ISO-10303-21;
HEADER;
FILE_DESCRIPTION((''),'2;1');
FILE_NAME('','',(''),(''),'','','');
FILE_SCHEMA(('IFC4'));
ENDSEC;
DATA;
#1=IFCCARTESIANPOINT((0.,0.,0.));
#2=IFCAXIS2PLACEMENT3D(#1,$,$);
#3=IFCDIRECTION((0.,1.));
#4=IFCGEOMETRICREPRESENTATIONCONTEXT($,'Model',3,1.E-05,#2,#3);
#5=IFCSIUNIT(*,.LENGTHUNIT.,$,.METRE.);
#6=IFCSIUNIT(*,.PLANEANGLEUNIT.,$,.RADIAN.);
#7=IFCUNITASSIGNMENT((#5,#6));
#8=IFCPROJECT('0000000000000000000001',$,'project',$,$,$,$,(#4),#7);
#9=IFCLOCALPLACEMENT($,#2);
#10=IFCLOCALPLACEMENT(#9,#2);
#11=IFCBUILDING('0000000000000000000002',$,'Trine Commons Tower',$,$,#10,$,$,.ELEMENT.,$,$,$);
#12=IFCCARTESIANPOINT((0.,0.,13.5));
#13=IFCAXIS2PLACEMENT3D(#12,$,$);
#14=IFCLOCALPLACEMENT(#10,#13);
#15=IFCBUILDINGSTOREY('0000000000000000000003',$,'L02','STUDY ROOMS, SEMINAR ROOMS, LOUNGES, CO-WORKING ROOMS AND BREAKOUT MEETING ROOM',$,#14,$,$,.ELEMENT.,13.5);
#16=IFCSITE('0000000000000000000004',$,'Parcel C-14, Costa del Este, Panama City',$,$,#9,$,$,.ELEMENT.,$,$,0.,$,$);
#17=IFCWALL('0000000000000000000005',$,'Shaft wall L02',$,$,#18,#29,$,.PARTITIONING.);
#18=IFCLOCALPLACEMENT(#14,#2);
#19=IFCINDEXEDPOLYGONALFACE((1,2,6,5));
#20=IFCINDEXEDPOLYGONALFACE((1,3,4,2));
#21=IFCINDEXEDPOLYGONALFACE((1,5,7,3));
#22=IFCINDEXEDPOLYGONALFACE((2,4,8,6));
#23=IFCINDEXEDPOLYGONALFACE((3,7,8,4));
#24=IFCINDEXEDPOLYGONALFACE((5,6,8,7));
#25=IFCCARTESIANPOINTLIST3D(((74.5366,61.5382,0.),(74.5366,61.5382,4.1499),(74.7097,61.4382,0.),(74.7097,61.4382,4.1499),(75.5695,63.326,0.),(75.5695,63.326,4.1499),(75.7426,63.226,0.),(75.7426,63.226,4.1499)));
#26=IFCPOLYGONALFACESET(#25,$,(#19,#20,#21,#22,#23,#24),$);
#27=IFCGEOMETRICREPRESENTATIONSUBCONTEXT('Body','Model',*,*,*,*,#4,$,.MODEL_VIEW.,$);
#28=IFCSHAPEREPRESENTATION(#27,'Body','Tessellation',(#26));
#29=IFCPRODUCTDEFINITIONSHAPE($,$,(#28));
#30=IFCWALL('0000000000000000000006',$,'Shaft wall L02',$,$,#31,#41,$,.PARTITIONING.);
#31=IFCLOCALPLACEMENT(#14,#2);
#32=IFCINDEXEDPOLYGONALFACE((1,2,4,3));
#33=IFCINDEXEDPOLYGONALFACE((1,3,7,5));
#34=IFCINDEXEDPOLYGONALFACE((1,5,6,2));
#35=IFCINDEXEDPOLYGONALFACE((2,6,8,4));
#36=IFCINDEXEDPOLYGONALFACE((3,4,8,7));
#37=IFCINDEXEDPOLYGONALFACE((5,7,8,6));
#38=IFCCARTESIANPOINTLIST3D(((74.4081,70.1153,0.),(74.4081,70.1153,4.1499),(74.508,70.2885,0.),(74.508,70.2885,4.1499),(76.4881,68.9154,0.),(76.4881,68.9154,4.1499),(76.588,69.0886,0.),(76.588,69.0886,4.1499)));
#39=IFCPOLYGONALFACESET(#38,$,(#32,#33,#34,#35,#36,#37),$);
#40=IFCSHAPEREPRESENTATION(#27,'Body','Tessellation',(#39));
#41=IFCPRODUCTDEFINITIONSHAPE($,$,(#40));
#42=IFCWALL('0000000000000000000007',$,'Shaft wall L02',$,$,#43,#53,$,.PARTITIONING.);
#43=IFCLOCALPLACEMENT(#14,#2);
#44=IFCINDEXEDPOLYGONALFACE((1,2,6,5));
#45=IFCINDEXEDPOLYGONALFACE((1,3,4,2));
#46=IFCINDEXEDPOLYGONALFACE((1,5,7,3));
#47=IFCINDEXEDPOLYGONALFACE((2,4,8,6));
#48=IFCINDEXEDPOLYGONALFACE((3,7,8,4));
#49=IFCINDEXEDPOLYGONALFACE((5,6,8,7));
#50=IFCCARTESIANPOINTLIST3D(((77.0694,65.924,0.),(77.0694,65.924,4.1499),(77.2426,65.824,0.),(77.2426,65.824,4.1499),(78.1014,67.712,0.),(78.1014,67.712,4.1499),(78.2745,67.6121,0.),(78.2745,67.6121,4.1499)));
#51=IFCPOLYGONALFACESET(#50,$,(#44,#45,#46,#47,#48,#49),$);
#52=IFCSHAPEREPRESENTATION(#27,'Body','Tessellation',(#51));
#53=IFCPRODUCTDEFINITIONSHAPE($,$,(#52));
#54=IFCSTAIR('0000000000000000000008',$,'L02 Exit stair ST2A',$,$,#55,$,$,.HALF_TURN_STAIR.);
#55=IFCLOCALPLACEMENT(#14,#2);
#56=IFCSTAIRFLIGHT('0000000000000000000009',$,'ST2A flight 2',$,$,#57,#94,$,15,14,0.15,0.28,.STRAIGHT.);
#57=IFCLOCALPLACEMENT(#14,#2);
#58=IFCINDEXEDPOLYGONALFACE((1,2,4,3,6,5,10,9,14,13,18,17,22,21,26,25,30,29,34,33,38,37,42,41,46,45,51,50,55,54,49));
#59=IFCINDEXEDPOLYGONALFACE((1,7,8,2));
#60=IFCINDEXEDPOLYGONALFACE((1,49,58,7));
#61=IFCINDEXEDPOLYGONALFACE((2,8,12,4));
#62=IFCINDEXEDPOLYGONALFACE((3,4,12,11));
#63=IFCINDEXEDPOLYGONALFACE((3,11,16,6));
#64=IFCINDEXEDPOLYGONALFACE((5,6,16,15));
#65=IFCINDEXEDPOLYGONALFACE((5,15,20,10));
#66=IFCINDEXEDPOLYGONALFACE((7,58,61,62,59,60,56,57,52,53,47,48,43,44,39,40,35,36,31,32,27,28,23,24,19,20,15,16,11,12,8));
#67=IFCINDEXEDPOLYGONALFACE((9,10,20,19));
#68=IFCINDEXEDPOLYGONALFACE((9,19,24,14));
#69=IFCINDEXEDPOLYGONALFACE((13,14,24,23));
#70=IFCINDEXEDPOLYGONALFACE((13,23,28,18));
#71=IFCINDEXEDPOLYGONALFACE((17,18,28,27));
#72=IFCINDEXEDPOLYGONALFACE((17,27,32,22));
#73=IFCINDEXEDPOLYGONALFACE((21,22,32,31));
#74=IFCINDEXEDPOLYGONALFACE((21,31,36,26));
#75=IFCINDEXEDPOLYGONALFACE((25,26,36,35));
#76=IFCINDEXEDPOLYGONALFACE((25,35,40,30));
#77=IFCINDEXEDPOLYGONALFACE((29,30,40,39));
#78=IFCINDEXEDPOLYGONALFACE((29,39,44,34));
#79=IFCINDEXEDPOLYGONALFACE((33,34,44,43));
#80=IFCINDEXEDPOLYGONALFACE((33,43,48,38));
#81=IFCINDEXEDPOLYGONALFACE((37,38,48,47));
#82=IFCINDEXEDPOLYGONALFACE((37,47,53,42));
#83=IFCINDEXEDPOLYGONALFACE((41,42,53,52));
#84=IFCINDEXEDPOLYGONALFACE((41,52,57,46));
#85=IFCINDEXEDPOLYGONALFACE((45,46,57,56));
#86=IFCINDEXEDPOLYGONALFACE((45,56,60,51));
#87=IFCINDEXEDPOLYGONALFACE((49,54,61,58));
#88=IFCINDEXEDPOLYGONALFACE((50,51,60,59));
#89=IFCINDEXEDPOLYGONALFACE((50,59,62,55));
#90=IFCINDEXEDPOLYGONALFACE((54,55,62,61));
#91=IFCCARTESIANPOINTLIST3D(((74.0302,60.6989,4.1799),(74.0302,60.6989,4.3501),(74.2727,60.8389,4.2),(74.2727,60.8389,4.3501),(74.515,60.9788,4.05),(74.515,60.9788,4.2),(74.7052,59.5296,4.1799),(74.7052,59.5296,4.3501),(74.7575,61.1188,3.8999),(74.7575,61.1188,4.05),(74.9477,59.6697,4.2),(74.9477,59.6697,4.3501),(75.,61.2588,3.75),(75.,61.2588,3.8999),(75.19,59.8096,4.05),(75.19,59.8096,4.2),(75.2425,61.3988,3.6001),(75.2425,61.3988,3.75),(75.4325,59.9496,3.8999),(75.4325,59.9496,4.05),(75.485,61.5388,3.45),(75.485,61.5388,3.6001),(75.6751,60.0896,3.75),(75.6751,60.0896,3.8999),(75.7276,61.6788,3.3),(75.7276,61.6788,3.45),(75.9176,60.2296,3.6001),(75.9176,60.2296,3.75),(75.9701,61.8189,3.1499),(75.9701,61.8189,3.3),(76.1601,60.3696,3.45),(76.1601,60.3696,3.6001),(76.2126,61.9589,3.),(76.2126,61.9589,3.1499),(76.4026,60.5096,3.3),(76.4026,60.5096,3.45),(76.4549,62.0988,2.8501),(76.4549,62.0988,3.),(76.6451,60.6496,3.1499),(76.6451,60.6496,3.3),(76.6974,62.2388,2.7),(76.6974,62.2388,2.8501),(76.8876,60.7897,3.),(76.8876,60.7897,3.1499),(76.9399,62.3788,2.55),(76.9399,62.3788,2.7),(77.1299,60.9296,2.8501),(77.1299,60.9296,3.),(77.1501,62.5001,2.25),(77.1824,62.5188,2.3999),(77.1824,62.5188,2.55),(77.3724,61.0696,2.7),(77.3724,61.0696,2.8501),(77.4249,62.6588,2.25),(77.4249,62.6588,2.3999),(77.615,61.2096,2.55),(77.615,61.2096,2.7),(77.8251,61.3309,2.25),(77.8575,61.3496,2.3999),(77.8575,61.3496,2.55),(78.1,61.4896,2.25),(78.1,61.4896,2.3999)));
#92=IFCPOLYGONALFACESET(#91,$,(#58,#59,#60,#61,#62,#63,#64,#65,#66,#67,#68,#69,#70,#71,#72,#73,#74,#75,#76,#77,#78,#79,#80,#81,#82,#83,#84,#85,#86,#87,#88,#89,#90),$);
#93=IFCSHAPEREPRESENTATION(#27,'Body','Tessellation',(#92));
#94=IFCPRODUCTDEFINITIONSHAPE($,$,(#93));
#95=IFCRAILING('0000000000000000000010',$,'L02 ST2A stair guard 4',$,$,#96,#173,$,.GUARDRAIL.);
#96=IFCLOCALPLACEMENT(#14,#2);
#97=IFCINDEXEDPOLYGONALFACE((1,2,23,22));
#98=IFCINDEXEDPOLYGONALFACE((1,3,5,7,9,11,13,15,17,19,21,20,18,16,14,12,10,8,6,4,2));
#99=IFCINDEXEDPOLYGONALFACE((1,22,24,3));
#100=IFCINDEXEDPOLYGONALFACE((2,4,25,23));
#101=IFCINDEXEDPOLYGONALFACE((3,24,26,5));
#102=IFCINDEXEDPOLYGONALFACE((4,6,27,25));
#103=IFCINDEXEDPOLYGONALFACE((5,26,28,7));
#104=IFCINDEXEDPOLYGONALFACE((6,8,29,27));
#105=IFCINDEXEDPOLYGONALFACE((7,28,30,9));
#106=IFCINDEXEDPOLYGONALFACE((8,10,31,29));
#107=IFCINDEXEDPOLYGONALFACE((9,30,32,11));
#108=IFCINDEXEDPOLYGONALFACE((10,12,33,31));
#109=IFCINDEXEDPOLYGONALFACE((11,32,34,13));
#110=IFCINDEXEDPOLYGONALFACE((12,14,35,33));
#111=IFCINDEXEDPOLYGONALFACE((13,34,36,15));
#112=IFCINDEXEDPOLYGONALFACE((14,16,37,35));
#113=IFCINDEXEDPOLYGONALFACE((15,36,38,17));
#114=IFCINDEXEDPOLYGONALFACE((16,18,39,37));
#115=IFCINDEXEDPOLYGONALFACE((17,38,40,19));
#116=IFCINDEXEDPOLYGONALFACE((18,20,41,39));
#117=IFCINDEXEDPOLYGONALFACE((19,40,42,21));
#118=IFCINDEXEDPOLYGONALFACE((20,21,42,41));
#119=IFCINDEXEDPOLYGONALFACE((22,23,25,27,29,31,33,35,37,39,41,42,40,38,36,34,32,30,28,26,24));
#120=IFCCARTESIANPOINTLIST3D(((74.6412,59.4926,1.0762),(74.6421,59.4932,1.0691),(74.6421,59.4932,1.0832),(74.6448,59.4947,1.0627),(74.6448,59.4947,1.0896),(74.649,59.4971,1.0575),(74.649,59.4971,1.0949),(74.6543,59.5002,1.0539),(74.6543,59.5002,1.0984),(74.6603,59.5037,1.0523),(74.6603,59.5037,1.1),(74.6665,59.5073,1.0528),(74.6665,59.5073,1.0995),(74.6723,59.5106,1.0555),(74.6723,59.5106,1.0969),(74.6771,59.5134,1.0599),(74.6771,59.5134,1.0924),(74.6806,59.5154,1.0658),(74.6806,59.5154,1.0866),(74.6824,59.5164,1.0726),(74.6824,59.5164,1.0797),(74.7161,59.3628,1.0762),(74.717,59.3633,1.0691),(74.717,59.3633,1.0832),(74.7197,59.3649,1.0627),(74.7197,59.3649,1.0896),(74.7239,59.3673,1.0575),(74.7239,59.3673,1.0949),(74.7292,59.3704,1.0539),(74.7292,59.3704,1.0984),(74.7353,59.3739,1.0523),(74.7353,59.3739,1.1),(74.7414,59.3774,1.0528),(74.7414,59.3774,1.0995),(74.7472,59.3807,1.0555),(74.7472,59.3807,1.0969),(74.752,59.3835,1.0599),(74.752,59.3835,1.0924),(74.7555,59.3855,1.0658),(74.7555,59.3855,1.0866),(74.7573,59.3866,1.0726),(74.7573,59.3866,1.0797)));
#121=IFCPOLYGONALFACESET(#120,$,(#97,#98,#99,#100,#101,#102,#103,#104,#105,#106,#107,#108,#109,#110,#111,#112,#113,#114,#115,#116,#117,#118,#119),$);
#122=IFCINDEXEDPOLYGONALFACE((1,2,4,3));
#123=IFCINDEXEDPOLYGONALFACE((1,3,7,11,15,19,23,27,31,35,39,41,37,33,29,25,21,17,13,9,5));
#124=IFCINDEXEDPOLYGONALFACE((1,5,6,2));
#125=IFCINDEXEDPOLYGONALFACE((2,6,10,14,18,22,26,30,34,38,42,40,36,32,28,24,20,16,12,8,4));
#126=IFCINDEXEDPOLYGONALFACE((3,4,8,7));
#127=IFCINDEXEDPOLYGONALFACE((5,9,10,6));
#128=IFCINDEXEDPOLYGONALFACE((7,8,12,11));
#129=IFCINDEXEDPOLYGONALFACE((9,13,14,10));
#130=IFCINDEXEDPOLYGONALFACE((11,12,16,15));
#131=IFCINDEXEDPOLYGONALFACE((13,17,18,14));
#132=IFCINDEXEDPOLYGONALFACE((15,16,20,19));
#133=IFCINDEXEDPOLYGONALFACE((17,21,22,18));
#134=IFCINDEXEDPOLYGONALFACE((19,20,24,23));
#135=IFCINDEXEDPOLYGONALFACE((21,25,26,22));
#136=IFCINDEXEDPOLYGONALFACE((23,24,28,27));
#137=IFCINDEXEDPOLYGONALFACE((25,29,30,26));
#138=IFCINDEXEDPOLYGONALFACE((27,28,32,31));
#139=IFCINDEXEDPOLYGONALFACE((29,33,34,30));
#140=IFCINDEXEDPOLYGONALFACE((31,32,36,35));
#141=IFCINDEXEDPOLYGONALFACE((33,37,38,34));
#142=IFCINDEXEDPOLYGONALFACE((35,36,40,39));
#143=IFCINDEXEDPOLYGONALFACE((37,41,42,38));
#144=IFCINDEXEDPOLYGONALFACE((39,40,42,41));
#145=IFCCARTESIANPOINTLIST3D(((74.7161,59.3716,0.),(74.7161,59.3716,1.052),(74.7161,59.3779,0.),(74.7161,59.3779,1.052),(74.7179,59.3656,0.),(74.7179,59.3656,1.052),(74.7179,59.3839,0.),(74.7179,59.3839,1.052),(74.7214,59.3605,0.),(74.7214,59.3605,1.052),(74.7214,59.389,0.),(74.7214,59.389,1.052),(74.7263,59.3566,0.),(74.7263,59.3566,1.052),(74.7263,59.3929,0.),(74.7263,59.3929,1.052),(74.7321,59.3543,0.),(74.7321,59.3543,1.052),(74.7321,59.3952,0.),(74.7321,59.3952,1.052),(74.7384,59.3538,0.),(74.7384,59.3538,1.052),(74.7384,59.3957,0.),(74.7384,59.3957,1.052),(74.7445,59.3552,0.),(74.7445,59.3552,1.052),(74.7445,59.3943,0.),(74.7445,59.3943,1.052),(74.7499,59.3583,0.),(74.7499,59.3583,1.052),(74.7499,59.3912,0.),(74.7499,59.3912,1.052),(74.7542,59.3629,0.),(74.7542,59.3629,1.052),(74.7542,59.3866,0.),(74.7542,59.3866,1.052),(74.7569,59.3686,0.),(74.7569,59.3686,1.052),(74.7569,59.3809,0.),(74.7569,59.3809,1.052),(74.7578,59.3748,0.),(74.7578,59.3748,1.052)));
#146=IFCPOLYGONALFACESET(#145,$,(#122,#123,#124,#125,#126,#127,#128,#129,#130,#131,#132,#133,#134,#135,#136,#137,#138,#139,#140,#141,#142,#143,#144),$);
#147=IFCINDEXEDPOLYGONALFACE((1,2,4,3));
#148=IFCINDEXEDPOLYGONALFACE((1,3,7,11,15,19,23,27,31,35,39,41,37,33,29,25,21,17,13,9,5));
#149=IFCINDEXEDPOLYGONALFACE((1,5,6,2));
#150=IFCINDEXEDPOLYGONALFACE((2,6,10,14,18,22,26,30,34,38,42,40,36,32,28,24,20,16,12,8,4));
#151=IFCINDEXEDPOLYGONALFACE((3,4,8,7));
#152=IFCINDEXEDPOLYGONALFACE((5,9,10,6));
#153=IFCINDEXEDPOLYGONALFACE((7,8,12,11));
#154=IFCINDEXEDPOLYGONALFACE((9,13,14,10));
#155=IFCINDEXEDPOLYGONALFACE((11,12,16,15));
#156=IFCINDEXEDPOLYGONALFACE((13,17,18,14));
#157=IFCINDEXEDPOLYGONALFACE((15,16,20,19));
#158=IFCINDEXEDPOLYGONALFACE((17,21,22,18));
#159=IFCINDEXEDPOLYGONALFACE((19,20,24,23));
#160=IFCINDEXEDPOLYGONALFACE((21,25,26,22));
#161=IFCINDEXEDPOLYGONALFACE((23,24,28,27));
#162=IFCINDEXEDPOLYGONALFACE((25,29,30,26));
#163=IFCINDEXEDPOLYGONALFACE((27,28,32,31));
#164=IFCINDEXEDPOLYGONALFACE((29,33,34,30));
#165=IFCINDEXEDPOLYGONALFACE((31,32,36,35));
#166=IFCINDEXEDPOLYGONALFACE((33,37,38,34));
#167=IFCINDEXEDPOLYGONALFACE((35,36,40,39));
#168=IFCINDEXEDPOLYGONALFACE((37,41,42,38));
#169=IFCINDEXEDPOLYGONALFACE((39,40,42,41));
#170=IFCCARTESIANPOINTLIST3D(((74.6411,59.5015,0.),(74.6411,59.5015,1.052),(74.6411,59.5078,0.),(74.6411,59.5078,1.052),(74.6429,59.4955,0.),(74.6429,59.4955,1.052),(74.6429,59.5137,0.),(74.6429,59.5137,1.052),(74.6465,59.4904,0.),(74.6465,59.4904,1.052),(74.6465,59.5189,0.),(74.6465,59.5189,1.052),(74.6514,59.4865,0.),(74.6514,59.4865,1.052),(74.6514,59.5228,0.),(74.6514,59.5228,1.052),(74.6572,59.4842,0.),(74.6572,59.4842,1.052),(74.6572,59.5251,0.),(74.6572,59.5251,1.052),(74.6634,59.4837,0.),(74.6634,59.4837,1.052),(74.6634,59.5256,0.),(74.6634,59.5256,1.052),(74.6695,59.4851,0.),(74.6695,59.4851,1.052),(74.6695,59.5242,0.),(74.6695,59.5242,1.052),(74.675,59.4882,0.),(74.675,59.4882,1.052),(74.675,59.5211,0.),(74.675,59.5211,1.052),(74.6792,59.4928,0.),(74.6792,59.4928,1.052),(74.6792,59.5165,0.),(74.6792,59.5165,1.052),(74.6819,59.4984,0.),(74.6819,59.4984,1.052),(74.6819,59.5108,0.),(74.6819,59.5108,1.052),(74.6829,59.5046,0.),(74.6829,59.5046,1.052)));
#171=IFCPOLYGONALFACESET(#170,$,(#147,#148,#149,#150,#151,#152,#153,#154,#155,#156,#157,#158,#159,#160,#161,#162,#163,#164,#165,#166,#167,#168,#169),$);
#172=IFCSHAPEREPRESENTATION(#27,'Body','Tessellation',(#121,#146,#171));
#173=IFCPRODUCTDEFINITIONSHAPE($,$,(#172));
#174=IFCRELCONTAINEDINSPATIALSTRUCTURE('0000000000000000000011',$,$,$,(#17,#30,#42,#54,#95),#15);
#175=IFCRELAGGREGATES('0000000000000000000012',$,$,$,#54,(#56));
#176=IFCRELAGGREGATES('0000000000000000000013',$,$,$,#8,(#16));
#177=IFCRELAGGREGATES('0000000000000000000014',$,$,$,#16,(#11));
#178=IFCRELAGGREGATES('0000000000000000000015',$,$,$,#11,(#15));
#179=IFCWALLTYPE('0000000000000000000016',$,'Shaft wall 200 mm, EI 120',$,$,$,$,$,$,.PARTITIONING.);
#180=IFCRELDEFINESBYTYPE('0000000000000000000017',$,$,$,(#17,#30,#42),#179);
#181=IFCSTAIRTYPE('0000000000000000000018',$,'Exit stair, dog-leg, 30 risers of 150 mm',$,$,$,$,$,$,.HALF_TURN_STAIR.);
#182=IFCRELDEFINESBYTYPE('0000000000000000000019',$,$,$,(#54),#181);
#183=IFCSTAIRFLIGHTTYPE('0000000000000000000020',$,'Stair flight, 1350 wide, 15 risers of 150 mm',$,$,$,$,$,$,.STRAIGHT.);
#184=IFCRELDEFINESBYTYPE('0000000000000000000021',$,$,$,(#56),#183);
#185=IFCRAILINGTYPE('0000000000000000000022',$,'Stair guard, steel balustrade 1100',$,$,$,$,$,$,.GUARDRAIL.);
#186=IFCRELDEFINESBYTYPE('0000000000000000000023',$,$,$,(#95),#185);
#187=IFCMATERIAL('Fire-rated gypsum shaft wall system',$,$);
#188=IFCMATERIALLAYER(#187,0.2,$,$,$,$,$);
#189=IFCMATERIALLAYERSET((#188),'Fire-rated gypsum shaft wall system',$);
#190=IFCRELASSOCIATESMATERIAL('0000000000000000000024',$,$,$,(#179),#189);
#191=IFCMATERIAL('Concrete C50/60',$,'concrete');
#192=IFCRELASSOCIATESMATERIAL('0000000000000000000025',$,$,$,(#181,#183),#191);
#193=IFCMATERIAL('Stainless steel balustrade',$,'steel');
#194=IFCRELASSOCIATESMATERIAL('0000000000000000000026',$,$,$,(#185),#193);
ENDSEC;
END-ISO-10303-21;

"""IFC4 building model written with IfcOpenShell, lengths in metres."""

from ifc_helpers import new_model, si_unit, direction, frame, frame_2d, origin, origin_2d, place, context, subcontext, project, spatial, polyline, rectangle, circle, outline, extrude, material, layer, layer_set, type_object, element, aggregate, save


model = new_model("IFC4")

# Units and contexts
model_context = context("Model", 3, precision=1e-05, world=origin(), true_north=direction((0.0, 1.0)))
body_context = subcontext(model_context, "Body", "Model", "MODEL_VIEW")
ifc_project = project(units=[si_unit("LENGTHUNIT", "METRE"), si_unit("PLANEANGLEUNIT", "RADIAN")], contexts=[model_context])

# Site, building, storey
site_placement = place(None, origin())
site = spatial("IfcSite", under=ifc_project, at=site_placement, Name="Parcel C-14, Costa del Este, Panama City", CompositionType="ELEMENT", RefElevation=0.0)
building_placement = place(site_placement, origin())
building = spatial("IfcBuilding", under=site, at=building_placement, Name="Trine Commons Tower", CompositionType="ELEMENT")
storey_placement = place(building_placement, frame((0.0, 0.0, 13.5)))
storey = spatial("IfcBuildingStorey", under=building, at=storey_placement, Name="L02", Description="STUDY ROOMS, SEMINAR ROOMS, LOUNGES, CO-WORKING ROOMS AND BREAKOUT MEETING ROOM", CompositionType="ELEMENT", Elevation=13.5)

# Shared definitions
ifc_material_1 = material(Name="Concrete C50/60", Category="concrete")

# Shared definitions
ifc_material_2 = material(Name="Fire-rated gypsum shaft wall system")

# Walls
ifc_layer_1 = layer(ifc_material_2, 0.2)
ifc_layer_set_1 = layer_set([ifc_layer_1], Name="Fire-rated gypsum shaft wall system")
wall_type_1 = type_object("IfcWallType", Name="Shaft wall 200 mm, EI 120", PredefinedType="PARTITIONING", material=ifc_layer_set_1)
wall_1_placement = place(storey_placement, frame((75.656, 63.2759, 0.0), z_axis=(0.0, 0.0, 1.0), x_axis=(-0.500272, -0.865868, 0.0)))
element("IfcWall", 1, at=wall_1_placement, inside=storey, type_object=wall_type_1, Name="Shaft wall L02", PredefinedType="PARTITIONING", context=body_context, shape_type="SweptSolid", body=[
    extrude(rectangle(XDim=2.0647, YDim=0.2, at=frame_2d((1.0322, 0.0))), origin(), (0.0, 0.0, 1.0), 4.1499),
])
wall_2_placement = place(storey_placement, frame((76.5381, 69.002, 0.0), z_axis=(0.0, 0.0, 1.0), x_axis=(-0.866203, 0.499693, 0.0)))
element("IfcWall", 2, at=wall_2_placement, inside=storey, type_object=wall_type_1, Name="Shaft wall L02", PredefinedType="PARTITIONING", context=body_context, shape_type="SweptSolid", body=[
    extrude(rectangle(XDim=2.4014, YDim=0.2, at=frame_2d((1.2007, 0.0))), origin(), (0.0, 0.0, 1.0), 4.1499),
])
wall_3_placement = place(storey_placement, frame((77.156, 65.874, 0.0), z_axis=(0.0, 0.0, 1.0), x_axis=(0.499866, 0.866103, 0.0)))
element("IfcWall", 3, at=wall_3_placement, inside=storey, type_object=wall_type_1, Name="Shaft wall L02", PredefinedType="PARTITIONING", context=body_context, shape_type="SweptSolid", body=[
    extrude(rectangle(XDim=2.0645, YDim=0.2, at=frame_2d((1.0322, 0.0))), origin(), (0.0, 0.0, 1.0), 4.1499),
])

# Stair, stair flight
stair_type = type_object("IfcStairType", Name="Exit stair, dog-leg, 30 risers of 150 mm", PredefinedType="HALF_TURN_STAIR", material=ifc_material_1)
stair_placement = place(storey_placement, origin())
stair = element("IfcStair", 4, at=stair_placement, inside=storey, type_object=stair_type, Name="L02 Exit stair ST2A", PredefinedType="HALF_TURN_STAIR")
stair_flight_type = type_object("IfcStairFlightType", Name="Stair flight, 1350 wide, 15 risers of 150 mm", PredefinedType="STRAIGHT", material=ifc_material_1)
stair_flight_placement = place(storey_placement, frame((77.7625, 62.0742, 2.25), z_axis=(0.0, 0.0, 1.0), x_axis=(-0.866025, -0.5, 0.0)))
stair_flight = element("IfcStairFlight", 5, at=stair_flight_placement, type_object=stair_flight_type, Name="ST2A flight 2", NumberOfRisers=15, NumberOfTreads=14, PredefinedType="STRAIGHT", RiserHeight=0.15, TreadLength=0.28, context=body_context, shape_type="SweptSolid", body=[
    extrude(outline(polyline([(0.0, 0.0), (0.0, 0.1499), (0.28, 0.1499), (0.28, 0.3), (0.5601, 0.3), (0.5601, 0.45), (0.8401, 0.45), (0.8401, 0.6001), (1.1201, 0.6001), (1.1201, 0.75), (1.3999, 0.75), (1.3999, 0.8999), (1.6799, 0.8999), (1.6799, 1.05), (1.96, 1.05), (1.96, 1.2), (2.24, 1.2), (2.24, 1.3501), (2.52, 1.3501), (2.52, 1.5), (2.8, 1.5), (2.8, 1.6499), (3.0801, 1.6499), (3.0801, 1.8), (3.3601, 1.8), (3.3601, 1.95), (3.6399, 1.95), (3.6399, 2.1001), (3.9199, 2.1001), (3.9199, 2.25), (3.9199, 1.9299), (0.3174, 0.0), (0.0, 0.0)])), frame((0.0, 0.675, 0.0), z_axis=(0.0, -1.0, 0.0), x_axis=(1.0, 0.0, 0.0)), (0.0, 0.0, 1.0), 1.3501),
])
aggregate(stair, [stair_flight])

# Railing
ifc_material_3 = material(Name="Stainless steel balustrade", Category="steel")
railing_type_1 = type_object("IfcRailingType", Name="Stair guard, steel balustrade 1100", PredefinedType="GUARDRAIL", material=ifc_material_3)
railing_1_placement = place(storey_placement, frame((74.7368, 59.3748, 0.0)))
element("IfcRailing", 6, at=railing_1_placement, inside=storey, type_object=railing_type_1, Name="L02 ST2A stair guard 4", PredefinedType="GUARDRAIL", context=body_context, shape_type="SweptSolid", body=[
    extrude(circle(Radius=0.0239, at=origin_2d()), frame((0.0, 0.0, 1.0762), z_axis=(-0.499816, 0.866131, 0.0), x_axis=(-0.866131, -0.499816, 0.0)), (0.0, 0.0, 1.0), 0.1499),
    extrude(circle(Radius=0.021, at=origin_2d()), origin(), (0.0, 0.0, 1.0), 1.052),
    extrude(circle(Radius=0.021, at=origin_2d()), frame((-0.075, 0.1299, 0.0)), (0.0, 0.0, 1.0), 1.052),
])

save(model, "model.ifc")
